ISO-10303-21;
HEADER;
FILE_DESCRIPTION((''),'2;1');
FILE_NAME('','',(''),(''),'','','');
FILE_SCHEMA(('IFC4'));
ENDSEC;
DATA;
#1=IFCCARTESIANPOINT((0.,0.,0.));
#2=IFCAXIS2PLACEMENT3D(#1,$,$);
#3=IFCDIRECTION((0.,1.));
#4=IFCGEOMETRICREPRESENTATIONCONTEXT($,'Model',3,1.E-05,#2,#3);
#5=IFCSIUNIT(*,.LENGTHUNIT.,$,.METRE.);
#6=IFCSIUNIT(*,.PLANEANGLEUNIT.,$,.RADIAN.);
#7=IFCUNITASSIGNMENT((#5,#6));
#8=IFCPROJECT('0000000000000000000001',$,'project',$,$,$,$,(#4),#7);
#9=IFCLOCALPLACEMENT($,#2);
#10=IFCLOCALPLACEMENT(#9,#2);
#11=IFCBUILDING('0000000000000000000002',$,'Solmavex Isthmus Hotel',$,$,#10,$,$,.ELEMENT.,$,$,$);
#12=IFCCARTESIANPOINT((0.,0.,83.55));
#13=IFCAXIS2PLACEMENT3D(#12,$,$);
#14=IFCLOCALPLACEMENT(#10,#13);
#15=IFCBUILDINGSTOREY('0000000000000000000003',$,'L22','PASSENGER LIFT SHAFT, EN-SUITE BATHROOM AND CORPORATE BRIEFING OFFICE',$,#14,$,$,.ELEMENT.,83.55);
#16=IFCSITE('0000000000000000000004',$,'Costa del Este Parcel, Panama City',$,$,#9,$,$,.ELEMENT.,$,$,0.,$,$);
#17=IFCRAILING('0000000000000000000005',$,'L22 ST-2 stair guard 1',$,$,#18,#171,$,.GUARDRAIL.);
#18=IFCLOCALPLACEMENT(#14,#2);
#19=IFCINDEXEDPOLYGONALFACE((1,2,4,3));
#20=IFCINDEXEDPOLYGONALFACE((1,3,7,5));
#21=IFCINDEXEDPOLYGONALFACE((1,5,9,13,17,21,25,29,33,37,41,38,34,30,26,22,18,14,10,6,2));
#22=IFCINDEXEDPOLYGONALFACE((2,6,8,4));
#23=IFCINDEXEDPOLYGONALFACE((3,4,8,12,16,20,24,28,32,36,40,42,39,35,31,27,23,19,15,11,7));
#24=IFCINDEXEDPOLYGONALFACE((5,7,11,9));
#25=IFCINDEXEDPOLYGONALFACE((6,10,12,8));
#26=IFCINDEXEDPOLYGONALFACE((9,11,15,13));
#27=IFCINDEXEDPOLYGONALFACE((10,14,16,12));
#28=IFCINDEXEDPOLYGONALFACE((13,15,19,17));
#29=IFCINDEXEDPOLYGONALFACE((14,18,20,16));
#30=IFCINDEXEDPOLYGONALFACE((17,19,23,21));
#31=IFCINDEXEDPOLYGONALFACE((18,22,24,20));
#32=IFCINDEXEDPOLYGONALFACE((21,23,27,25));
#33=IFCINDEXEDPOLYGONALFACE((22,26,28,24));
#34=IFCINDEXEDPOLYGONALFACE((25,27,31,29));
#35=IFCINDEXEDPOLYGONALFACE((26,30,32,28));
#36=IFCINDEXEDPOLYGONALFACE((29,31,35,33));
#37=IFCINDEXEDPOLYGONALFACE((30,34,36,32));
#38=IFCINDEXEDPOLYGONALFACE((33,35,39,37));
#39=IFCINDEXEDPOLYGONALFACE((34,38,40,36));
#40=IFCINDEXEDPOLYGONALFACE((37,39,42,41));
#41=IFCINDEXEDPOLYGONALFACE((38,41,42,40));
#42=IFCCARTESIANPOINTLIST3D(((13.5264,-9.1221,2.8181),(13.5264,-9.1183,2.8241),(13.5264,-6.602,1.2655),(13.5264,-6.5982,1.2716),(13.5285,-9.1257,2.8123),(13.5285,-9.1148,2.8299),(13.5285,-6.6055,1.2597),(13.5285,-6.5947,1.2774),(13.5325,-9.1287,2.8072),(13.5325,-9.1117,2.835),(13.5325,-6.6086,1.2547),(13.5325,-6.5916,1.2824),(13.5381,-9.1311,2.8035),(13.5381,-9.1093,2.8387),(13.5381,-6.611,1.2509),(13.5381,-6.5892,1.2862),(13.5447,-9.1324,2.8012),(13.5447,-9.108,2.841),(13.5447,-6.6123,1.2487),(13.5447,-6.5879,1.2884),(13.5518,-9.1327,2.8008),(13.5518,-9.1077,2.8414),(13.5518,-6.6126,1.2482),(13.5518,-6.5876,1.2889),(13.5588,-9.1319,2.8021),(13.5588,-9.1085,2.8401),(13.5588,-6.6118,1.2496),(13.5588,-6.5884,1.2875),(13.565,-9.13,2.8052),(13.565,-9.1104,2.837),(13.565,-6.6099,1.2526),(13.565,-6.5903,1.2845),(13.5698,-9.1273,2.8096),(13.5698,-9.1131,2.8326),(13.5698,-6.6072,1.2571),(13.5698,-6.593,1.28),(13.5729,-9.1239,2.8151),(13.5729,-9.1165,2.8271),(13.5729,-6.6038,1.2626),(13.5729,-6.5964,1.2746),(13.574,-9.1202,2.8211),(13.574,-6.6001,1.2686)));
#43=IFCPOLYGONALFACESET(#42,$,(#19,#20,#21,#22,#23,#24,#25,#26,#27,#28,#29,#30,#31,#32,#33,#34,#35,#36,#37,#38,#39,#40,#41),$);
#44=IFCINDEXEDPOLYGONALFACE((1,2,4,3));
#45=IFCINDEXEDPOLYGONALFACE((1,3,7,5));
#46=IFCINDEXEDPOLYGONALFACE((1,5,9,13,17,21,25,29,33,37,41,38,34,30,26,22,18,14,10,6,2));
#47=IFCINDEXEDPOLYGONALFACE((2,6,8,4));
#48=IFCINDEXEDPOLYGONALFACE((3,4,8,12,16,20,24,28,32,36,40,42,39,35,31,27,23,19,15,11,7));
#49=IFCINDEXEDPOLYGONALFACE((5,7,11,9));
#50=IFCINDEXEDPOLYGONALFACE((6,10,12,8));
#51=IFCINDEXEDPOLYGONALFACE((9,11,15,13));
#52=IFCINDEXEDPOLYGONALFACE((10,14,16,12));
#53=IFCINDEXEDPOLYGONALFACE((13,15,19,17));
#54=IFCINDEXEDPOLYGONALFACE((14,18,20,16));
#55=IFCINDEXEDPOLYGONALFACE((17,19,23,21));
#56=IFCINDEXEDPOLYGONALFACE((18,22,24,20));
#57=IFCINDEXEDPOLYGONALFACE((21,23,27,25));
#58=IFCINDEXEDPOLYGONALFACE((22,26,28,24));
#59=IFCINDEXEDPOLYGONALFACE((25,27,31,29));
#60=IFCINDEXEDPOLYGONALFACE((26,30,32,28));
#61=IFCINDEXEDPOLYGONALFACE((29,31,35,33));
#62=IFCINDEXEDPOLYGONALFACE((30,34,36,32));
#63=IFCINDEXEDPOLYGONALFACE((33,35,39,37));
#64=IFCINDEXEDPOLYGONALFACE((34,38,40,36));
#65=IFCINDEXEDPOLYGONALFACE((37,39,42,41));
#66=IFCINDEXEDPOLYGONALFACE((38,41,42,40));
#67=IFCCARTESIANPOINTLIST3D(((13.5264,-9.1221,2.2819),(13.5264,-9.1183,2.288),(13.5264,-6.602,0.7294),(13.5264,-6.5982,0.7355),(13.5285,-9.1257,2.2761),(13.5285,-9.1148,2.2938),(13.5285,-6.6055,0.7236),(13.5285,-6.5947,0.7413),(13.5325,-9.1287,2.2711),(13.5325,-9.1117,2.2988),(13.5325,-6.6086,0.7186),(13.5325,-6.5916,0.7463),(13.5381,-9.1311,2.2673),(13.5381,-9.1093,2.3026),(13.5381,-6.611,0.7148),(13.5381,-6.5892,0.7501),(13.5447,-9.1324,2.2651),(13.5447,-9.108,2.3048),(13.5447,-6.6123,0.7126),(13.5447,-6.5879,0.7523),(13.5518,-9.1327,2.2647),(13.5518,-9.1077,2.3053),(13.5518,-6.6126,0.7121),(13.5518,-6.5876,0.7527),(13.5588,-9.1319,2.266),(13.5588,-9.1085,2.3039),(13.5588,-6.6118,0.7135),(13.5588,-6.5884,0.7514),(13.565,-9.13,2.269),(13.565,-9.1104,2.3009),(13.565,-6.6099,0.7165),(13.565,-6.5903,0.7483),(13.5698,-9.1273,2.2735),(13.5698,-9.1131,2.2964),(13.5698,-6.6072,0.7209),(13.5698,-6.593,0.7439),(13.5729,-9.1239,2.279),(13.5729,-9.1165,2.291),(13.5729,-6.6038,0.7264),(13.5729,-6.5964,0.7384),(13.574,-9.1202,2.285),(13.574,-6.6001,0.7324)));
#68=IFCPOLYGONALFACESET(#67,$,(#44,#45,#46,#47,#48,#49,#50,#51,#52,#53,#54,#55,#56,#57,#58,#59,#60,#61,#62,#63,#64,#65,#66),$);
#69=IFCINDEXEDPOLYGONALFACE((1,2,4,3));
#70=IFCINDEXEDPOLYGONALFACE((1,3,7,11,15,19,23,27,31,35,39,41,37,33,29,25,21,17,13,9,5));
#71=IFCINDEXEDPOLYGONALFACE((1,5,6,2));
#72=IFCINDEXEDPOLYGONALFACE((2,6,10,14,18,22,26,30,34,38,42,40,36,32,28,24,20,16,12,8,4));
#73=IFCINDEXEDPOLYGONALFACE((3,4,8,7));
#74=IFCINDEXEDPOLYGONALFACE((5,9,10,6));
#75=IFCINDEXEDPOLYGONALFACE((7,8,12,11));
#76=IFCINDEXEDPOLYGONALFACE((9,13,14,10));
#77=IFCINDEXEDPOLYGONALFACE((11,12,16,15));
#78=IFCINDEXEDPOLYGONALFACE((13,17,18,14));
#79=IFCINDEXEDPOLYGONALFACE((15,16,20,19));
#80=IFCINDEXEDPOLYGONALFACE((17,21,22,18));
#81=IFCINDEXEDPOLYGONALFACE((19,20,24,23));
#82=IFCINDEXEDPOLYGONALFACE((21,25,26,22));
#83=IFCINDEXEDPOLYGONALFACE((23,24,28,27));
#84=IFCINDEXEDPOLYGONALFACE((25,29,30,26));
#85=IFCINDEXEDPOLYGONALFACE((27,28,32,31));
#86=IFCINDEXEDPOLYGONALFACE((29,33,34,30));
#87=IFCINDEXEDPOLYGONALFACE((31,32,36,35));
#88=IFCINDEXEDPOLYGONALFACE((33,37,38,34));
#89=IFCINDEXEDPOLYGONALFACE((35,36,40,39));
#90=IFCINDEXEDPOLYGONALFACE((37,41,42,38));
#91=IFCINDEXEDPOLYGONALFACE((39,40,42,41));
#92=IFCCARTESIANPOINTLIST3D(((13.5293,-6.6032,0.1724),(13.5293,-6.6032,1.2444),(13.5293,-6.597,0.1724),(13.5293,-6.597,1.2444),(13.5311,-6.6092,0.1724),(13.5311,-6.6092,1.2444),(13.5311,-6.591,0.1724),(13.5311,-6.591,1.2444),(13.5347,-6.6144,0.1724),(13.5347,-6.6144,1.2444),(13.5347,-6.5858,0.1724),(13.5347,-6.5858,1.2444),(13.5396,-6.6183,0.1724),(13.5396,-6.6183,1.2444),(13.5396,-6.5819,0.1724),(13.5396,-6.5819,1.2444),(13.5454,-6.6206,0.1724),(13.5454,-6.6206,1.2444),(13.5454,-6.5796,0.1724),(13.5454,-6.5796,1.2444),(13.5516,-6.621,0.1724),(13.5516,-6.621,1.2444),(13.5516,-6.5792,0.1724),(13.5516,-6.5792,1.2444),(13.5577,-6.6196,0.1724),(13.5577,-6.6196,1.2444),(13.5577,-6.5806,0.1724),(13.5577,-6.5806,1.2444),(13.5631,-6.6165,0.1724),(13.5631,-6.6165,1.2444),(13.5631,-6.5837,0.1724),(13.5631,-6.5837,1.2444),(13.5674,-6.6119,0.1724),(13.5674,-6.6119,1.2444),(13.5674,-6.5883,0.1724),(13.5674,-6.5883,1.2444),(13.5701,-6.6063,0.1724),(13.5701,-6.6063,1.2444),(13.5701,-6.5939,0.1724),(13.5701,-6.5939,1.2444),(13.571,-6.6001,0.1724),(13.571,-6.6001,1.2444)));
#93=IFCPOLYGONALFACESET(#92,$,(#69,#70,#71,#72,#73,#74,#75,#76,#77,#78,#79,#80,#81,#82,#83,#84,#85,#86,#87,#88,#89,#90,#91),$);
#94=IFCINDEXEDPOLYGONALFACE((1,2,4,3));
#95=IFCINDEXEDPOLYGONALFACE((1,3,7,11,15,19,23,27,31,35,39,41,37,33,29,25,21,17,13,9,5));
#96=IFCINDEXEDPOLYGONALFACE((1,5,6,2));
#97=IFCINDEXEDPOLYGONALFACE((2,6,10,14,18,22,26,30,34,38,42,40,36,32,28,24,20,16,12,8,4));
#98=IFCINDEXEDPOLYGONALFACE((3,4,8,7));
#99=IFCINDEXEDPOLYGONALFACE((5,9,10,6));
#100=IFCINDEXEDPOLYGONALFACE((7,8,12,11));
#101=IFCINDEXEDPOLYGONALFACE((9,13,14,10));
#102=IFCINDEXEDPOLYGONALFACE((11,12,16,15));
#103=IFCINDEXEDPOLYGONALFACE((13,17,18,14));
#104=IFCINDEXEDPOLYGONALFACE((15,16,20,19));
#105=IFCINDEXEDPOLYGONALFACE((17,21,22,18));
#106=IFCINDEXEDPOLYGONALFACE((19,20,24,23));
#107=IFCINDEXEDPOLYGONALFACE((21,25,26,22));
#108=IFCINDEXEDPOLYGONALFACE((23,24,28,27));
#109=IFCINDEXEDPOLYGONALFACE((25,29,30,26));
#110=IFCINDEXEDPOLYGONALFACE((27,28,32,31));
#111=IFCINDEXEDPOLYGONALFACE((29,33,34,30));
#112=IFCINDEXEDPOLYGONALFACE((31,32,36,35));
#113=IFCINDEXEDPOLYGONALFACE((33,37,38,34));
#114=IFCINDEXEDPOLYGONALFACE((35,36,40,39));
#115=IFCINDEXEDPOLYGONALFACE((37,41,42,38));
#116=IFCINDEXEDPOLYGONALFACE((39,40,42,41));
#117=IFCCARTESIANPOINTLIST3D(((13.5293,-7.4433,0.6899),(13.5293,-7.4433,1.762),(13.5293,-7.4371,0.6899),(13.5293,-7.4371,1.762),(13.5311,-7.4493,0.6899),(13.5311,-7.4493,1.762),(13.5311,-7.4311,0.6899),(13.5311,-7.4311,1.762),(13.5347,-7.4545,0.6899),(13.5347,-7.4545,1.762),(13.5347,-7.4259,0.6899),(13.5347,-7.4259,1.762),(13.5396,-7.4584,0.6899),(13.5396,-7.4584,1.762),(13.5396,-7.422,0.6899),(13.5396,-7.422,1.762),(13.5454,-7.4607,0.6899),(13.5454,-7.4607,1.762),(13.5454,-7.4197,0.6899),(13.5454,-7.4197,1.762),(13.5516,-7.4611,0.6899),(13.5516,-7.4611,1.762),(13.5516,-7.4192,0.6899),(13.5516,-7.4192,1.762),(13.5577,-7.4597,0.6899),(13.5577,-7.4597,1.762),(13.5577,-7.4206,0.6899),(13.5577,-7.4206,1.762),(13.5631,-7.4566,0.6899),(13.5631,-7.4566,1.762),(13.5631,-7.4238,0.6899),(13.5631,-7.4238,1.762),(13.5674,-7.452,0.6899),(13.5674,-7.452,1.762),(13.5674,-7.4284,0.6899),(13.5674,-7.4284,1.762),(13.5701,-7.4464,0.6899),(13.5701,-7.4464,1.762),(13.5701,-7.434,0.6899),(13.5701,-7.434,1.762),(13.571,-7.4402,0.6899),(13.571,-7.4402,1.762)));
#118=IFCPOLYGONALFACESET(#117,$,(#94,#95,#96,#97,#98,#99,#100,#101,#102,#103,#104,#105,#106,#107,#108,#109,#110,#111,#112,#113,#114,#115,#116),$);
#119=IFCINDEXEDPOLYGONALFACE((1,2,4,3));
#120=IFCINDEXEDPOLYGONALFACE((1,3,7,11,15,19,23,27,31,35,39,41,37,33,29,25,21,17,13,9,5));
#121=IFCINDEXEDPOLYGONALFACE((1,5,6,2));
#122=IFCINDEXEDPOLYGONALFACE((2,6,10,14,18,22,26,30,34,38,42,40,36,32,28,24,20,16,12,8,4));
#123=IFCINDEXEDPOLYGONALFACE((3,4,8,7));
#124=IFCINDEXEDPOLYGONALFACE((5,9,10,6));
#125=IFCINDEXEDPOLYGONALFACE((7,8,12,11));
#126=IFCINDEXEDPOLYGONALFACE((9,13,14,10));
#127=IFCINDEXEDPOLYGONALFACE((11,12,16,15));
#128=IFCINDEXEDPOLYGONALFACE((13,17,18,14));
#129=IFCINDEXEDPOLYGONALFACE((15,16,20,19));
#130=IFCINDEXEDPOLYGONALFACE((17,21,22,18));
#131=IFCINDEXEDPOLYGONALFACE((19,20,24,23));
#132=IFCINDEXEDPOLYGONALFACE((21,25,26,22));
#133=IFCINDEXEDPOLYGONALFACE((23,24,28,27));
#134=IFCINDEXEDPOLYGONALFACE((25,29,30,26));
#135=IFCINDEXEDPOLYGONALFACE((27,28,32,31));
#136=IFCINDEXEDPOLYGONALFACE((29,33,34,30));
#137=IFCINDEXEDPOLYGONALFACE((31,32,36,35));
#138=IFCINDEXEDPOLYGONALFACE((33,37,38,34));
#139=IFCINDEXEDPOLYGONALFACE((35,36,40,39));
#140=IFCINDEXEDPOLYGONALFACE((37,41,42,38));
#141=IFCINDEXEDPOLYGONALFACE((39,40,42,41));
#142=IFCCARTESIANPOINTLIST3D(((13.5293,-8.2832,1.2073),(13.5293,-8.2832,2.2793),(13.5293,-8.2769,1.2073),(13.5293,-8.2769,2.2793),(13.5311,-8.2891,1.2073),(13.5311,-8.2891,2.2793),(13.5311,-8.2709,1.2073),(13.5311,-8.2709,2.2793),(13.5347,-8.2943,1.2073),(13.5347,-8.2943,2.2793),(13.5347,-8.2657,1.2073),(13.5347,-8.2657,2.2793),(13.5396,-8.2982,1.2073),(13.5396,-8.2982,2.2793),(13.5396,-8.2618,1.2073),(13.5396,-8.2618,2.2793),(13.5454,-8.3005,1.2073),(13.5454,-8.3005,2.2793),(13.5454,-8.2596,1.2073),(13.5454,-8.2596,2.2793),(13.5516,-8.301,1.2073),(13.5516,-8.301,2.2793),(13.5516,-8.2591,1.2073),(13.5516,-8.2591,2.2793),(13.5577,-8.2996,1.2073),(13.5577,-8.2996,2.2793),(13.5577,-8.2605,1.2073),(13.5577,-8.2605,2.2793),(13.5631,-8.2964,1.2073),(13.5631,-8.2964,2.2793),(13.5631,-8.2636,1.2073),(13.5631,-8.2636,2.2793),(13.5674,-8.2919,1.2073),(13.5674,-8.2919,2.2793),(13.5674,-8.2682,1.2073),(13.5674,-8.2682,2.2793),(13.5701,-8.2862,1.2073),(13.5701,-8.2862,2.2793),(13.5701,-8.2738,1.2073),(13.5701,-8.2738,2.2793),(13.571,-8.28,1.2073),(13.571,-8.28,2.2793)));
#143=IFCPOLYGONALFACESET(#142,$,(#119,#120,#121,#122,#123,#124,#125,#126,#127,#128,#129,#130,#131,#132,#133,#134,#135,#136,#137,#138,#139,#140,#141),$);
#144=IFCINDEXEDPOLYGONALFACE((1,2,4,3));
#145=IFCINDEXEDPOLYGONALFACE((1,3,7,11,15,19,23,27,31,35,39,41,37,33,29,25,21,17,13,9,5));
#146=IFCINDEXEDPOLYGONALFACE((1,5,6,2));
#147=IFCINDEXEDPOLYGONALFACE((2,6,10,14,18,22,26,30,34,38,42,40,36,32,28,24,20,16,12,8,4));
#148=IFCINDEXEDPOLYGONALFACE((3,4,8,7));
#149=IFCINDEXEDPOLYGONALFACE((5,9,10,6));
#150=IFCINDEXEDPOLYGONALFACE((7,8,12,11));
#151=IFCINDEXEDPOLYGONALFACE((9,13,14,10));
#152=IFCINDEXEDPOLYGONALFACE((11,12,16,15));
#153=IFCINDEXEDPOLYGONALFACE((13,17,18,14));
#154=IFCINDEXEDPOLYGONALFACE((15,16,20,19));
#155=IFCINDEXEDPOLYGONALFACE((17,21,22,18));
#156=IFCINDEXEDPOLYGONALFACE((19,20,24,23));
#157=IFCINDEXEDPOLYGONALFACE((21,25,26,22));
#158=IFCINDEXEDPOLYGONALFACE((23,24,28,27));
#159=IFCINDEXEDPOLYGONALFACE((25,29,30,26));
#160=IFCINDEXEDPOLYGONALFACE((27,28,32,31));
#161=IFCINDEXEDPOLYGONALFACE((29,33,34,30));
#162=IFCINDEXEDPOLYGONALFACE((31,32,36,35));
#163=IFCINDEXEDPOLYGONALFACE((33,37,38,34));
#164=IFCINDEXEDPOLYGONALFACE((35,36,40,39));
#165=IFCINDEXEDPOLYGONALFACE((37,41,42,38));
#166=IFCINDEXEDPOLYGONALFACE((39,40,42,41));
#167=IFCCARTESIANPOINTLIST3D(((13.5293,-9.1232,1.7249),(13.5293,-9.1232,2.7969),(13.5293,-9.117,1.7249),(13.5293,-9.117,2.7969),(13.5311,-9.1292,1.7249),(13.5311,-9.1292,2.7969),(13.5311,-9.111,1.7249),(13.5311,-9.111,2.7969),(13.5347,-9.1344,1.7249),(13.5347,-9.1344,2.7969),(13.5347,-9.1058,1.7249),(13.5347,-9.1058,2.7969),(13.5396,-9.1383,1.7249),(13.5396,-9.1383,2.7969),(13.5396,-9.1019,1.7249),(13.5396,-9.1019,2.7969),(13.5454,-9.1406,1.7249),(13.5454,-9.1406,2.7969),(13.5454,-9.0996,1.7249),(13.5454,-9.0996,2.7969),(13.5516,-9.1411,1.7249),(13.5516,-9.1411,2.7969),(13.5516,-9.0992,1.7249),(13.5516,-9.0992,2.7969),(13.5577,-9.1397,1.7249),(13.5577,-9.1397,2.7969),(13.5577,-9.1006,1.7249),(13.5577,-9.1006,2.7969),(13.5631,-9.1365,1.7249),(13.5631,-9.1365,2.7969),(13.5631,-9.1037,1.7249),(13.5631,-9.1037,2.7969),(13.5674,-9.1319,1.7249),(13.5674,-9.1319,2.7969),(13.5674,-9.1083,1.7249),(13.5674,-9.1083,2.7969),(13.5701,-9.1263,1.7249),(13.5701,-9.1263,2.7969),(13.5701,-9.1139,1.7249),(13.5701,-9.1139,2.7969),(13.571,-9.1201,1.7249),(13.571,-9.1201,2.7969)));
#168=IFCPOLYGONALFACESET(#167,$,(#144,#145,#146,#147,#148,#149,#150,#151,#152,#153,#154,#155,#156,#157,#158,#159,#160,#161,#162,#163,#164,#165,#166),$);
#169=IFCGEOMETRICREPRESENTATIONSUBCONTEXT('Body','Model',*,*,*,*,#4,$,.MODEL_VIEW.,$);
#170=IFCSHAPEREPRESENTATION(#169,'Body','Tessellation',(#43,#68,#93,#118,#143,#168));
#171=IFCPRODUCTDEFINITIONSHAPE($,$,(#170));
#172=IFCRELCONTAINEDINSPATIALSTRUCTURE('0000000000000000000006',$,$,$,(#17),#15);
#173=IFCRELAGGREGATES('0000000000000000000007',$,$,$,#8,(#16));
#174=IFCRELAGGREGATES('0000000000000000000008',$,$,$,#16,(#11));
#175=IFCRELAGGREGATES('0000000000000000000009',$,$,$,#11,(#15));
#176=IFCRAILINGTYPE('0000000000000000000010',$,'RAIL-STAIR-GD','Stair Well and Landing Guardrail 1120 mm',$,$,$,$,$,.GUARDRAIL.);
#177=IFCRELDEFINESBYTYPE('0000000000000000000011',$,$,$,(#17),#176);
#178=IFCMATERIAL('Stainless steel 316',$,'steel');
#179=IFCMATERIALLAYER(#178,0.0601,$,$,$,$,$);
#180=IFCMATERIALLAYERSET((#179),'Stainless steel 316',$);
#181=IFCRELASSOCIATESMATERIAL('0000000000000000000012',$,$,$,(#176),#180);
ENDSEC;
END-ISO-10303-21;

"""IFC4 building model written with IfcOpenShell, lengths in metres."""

from ifc_helpers import new_model, si_unit, direction, frame, origin, origin_2d, place, context, subcontext, project, spatial, circle, extrude, material, layer, layer_set, type_object, element, save


model = new_model("IFC4")

# Units and contexts
model_context = context("Model", 3, precision=1e-05, world=origin(), true_north=direction((0.0, 1.0)))
body_context = subcontext(model_context, "Body", "Model", "MODEL_VIEW")
ifc_project = project(units=[si_unit("LENGTHUNIT", "METRE"), si_unit("PLANEANGLEUNIT", "RADIAN")], contexts=[model_context])

# Site, building, storey
site_placement = place(None, origin())
site = spatial("IfcSite", under=ifc_project, at=site_placement, Name="Costa del Este Parcel, Panama City", CompositionType="ELEMENT", RefElevation=0.0)
building_placement = place(site_placement, origin())
building = spatial("IfcBuilding", under=site, at=building_placement, Name="Solmavex Isthmus Hotel", CompositionType="ELEMENT")
storey_placement = place(building_placement, frame((0.0, 0.0, 83.55)))
storey = spatial("IfcBuildingStorey", under=building, at=storey_placement, Name="L22", Description="PASSENGER LIFT SHAFT, EN-SUITE BATHROOM AND CORPORATE BRIEFING OFFICE", CompositionType="ELEMENT", Elevation=83.55)

# Railing
ifc_material_1 = material(Name="Stainless steel 316", Category="steel")
ifc_layer_1 = layer(ifc_material_1, 0.0601)
ifc_layer_set_1 = layer_set([ifc_layer_1], Name="Stainless steel 316")
railing_type_1 = type_object("IfcRailingType", Name="RAIL-STAIR-GD", Description="Stair Well and Landing Guardrail 1120 mm", PredefinedType="GUARDRAIL", material=ifc_layer_set_1)
railing_1_placement = place(storey_placement, frame((13.55, -6.6001, 0.1724)))
element("IfcRailing", 1, at=railing_1_placement, inside=storey, type_object=railing_type_1, Name="L22 ST-2 stair guard 1", PredefinedType="GUARDRAIL", context=body_context, shape_type="SweptSolid", body=[
    extrude(circle(Radius=0.0239, at=origin_2d()), frame((0.0, 0.0, 1.0962), z_axis=(0.0, -0.8514, 0.524516), x_axis=(1.0, 0.0, 0.0)), (0.0, 0.0, 1.0), 2.96),
    extrude(circle(Radius=0.0239, at=origin_2d()), frame((0.0, 0.0, 0.5601), z_axis=(0.0, -0.8514, 0.524516), x_axis=(1.0, 0.0, 0.0)), (0.0, 0.0, 1.0), 2.96),
    extrude(circle(Radius=0.021, at=origin_2d()), origin(), (0.0, 0.0, 1.0), 1.072),
    extrude(circle(Radius=0.021, at=origin_2d()), frame((0.0, -0.8401, 0.5176)), (0.0, 0.0, 1.0), 1.072),
    extrude(circle(Radius=0.021, at=origin_2d()), frame((0.0, -1.6799, 1.0349)), (0.0, 0.0, 1.0), 1.072),
    extrude(circle(Radius=0.021, at=origin_2d()), frame((0.0, -2.52, 1.5525)), (0.0, 0.0, 1.0), 1.072),
])

save(model, "model.ifc")
